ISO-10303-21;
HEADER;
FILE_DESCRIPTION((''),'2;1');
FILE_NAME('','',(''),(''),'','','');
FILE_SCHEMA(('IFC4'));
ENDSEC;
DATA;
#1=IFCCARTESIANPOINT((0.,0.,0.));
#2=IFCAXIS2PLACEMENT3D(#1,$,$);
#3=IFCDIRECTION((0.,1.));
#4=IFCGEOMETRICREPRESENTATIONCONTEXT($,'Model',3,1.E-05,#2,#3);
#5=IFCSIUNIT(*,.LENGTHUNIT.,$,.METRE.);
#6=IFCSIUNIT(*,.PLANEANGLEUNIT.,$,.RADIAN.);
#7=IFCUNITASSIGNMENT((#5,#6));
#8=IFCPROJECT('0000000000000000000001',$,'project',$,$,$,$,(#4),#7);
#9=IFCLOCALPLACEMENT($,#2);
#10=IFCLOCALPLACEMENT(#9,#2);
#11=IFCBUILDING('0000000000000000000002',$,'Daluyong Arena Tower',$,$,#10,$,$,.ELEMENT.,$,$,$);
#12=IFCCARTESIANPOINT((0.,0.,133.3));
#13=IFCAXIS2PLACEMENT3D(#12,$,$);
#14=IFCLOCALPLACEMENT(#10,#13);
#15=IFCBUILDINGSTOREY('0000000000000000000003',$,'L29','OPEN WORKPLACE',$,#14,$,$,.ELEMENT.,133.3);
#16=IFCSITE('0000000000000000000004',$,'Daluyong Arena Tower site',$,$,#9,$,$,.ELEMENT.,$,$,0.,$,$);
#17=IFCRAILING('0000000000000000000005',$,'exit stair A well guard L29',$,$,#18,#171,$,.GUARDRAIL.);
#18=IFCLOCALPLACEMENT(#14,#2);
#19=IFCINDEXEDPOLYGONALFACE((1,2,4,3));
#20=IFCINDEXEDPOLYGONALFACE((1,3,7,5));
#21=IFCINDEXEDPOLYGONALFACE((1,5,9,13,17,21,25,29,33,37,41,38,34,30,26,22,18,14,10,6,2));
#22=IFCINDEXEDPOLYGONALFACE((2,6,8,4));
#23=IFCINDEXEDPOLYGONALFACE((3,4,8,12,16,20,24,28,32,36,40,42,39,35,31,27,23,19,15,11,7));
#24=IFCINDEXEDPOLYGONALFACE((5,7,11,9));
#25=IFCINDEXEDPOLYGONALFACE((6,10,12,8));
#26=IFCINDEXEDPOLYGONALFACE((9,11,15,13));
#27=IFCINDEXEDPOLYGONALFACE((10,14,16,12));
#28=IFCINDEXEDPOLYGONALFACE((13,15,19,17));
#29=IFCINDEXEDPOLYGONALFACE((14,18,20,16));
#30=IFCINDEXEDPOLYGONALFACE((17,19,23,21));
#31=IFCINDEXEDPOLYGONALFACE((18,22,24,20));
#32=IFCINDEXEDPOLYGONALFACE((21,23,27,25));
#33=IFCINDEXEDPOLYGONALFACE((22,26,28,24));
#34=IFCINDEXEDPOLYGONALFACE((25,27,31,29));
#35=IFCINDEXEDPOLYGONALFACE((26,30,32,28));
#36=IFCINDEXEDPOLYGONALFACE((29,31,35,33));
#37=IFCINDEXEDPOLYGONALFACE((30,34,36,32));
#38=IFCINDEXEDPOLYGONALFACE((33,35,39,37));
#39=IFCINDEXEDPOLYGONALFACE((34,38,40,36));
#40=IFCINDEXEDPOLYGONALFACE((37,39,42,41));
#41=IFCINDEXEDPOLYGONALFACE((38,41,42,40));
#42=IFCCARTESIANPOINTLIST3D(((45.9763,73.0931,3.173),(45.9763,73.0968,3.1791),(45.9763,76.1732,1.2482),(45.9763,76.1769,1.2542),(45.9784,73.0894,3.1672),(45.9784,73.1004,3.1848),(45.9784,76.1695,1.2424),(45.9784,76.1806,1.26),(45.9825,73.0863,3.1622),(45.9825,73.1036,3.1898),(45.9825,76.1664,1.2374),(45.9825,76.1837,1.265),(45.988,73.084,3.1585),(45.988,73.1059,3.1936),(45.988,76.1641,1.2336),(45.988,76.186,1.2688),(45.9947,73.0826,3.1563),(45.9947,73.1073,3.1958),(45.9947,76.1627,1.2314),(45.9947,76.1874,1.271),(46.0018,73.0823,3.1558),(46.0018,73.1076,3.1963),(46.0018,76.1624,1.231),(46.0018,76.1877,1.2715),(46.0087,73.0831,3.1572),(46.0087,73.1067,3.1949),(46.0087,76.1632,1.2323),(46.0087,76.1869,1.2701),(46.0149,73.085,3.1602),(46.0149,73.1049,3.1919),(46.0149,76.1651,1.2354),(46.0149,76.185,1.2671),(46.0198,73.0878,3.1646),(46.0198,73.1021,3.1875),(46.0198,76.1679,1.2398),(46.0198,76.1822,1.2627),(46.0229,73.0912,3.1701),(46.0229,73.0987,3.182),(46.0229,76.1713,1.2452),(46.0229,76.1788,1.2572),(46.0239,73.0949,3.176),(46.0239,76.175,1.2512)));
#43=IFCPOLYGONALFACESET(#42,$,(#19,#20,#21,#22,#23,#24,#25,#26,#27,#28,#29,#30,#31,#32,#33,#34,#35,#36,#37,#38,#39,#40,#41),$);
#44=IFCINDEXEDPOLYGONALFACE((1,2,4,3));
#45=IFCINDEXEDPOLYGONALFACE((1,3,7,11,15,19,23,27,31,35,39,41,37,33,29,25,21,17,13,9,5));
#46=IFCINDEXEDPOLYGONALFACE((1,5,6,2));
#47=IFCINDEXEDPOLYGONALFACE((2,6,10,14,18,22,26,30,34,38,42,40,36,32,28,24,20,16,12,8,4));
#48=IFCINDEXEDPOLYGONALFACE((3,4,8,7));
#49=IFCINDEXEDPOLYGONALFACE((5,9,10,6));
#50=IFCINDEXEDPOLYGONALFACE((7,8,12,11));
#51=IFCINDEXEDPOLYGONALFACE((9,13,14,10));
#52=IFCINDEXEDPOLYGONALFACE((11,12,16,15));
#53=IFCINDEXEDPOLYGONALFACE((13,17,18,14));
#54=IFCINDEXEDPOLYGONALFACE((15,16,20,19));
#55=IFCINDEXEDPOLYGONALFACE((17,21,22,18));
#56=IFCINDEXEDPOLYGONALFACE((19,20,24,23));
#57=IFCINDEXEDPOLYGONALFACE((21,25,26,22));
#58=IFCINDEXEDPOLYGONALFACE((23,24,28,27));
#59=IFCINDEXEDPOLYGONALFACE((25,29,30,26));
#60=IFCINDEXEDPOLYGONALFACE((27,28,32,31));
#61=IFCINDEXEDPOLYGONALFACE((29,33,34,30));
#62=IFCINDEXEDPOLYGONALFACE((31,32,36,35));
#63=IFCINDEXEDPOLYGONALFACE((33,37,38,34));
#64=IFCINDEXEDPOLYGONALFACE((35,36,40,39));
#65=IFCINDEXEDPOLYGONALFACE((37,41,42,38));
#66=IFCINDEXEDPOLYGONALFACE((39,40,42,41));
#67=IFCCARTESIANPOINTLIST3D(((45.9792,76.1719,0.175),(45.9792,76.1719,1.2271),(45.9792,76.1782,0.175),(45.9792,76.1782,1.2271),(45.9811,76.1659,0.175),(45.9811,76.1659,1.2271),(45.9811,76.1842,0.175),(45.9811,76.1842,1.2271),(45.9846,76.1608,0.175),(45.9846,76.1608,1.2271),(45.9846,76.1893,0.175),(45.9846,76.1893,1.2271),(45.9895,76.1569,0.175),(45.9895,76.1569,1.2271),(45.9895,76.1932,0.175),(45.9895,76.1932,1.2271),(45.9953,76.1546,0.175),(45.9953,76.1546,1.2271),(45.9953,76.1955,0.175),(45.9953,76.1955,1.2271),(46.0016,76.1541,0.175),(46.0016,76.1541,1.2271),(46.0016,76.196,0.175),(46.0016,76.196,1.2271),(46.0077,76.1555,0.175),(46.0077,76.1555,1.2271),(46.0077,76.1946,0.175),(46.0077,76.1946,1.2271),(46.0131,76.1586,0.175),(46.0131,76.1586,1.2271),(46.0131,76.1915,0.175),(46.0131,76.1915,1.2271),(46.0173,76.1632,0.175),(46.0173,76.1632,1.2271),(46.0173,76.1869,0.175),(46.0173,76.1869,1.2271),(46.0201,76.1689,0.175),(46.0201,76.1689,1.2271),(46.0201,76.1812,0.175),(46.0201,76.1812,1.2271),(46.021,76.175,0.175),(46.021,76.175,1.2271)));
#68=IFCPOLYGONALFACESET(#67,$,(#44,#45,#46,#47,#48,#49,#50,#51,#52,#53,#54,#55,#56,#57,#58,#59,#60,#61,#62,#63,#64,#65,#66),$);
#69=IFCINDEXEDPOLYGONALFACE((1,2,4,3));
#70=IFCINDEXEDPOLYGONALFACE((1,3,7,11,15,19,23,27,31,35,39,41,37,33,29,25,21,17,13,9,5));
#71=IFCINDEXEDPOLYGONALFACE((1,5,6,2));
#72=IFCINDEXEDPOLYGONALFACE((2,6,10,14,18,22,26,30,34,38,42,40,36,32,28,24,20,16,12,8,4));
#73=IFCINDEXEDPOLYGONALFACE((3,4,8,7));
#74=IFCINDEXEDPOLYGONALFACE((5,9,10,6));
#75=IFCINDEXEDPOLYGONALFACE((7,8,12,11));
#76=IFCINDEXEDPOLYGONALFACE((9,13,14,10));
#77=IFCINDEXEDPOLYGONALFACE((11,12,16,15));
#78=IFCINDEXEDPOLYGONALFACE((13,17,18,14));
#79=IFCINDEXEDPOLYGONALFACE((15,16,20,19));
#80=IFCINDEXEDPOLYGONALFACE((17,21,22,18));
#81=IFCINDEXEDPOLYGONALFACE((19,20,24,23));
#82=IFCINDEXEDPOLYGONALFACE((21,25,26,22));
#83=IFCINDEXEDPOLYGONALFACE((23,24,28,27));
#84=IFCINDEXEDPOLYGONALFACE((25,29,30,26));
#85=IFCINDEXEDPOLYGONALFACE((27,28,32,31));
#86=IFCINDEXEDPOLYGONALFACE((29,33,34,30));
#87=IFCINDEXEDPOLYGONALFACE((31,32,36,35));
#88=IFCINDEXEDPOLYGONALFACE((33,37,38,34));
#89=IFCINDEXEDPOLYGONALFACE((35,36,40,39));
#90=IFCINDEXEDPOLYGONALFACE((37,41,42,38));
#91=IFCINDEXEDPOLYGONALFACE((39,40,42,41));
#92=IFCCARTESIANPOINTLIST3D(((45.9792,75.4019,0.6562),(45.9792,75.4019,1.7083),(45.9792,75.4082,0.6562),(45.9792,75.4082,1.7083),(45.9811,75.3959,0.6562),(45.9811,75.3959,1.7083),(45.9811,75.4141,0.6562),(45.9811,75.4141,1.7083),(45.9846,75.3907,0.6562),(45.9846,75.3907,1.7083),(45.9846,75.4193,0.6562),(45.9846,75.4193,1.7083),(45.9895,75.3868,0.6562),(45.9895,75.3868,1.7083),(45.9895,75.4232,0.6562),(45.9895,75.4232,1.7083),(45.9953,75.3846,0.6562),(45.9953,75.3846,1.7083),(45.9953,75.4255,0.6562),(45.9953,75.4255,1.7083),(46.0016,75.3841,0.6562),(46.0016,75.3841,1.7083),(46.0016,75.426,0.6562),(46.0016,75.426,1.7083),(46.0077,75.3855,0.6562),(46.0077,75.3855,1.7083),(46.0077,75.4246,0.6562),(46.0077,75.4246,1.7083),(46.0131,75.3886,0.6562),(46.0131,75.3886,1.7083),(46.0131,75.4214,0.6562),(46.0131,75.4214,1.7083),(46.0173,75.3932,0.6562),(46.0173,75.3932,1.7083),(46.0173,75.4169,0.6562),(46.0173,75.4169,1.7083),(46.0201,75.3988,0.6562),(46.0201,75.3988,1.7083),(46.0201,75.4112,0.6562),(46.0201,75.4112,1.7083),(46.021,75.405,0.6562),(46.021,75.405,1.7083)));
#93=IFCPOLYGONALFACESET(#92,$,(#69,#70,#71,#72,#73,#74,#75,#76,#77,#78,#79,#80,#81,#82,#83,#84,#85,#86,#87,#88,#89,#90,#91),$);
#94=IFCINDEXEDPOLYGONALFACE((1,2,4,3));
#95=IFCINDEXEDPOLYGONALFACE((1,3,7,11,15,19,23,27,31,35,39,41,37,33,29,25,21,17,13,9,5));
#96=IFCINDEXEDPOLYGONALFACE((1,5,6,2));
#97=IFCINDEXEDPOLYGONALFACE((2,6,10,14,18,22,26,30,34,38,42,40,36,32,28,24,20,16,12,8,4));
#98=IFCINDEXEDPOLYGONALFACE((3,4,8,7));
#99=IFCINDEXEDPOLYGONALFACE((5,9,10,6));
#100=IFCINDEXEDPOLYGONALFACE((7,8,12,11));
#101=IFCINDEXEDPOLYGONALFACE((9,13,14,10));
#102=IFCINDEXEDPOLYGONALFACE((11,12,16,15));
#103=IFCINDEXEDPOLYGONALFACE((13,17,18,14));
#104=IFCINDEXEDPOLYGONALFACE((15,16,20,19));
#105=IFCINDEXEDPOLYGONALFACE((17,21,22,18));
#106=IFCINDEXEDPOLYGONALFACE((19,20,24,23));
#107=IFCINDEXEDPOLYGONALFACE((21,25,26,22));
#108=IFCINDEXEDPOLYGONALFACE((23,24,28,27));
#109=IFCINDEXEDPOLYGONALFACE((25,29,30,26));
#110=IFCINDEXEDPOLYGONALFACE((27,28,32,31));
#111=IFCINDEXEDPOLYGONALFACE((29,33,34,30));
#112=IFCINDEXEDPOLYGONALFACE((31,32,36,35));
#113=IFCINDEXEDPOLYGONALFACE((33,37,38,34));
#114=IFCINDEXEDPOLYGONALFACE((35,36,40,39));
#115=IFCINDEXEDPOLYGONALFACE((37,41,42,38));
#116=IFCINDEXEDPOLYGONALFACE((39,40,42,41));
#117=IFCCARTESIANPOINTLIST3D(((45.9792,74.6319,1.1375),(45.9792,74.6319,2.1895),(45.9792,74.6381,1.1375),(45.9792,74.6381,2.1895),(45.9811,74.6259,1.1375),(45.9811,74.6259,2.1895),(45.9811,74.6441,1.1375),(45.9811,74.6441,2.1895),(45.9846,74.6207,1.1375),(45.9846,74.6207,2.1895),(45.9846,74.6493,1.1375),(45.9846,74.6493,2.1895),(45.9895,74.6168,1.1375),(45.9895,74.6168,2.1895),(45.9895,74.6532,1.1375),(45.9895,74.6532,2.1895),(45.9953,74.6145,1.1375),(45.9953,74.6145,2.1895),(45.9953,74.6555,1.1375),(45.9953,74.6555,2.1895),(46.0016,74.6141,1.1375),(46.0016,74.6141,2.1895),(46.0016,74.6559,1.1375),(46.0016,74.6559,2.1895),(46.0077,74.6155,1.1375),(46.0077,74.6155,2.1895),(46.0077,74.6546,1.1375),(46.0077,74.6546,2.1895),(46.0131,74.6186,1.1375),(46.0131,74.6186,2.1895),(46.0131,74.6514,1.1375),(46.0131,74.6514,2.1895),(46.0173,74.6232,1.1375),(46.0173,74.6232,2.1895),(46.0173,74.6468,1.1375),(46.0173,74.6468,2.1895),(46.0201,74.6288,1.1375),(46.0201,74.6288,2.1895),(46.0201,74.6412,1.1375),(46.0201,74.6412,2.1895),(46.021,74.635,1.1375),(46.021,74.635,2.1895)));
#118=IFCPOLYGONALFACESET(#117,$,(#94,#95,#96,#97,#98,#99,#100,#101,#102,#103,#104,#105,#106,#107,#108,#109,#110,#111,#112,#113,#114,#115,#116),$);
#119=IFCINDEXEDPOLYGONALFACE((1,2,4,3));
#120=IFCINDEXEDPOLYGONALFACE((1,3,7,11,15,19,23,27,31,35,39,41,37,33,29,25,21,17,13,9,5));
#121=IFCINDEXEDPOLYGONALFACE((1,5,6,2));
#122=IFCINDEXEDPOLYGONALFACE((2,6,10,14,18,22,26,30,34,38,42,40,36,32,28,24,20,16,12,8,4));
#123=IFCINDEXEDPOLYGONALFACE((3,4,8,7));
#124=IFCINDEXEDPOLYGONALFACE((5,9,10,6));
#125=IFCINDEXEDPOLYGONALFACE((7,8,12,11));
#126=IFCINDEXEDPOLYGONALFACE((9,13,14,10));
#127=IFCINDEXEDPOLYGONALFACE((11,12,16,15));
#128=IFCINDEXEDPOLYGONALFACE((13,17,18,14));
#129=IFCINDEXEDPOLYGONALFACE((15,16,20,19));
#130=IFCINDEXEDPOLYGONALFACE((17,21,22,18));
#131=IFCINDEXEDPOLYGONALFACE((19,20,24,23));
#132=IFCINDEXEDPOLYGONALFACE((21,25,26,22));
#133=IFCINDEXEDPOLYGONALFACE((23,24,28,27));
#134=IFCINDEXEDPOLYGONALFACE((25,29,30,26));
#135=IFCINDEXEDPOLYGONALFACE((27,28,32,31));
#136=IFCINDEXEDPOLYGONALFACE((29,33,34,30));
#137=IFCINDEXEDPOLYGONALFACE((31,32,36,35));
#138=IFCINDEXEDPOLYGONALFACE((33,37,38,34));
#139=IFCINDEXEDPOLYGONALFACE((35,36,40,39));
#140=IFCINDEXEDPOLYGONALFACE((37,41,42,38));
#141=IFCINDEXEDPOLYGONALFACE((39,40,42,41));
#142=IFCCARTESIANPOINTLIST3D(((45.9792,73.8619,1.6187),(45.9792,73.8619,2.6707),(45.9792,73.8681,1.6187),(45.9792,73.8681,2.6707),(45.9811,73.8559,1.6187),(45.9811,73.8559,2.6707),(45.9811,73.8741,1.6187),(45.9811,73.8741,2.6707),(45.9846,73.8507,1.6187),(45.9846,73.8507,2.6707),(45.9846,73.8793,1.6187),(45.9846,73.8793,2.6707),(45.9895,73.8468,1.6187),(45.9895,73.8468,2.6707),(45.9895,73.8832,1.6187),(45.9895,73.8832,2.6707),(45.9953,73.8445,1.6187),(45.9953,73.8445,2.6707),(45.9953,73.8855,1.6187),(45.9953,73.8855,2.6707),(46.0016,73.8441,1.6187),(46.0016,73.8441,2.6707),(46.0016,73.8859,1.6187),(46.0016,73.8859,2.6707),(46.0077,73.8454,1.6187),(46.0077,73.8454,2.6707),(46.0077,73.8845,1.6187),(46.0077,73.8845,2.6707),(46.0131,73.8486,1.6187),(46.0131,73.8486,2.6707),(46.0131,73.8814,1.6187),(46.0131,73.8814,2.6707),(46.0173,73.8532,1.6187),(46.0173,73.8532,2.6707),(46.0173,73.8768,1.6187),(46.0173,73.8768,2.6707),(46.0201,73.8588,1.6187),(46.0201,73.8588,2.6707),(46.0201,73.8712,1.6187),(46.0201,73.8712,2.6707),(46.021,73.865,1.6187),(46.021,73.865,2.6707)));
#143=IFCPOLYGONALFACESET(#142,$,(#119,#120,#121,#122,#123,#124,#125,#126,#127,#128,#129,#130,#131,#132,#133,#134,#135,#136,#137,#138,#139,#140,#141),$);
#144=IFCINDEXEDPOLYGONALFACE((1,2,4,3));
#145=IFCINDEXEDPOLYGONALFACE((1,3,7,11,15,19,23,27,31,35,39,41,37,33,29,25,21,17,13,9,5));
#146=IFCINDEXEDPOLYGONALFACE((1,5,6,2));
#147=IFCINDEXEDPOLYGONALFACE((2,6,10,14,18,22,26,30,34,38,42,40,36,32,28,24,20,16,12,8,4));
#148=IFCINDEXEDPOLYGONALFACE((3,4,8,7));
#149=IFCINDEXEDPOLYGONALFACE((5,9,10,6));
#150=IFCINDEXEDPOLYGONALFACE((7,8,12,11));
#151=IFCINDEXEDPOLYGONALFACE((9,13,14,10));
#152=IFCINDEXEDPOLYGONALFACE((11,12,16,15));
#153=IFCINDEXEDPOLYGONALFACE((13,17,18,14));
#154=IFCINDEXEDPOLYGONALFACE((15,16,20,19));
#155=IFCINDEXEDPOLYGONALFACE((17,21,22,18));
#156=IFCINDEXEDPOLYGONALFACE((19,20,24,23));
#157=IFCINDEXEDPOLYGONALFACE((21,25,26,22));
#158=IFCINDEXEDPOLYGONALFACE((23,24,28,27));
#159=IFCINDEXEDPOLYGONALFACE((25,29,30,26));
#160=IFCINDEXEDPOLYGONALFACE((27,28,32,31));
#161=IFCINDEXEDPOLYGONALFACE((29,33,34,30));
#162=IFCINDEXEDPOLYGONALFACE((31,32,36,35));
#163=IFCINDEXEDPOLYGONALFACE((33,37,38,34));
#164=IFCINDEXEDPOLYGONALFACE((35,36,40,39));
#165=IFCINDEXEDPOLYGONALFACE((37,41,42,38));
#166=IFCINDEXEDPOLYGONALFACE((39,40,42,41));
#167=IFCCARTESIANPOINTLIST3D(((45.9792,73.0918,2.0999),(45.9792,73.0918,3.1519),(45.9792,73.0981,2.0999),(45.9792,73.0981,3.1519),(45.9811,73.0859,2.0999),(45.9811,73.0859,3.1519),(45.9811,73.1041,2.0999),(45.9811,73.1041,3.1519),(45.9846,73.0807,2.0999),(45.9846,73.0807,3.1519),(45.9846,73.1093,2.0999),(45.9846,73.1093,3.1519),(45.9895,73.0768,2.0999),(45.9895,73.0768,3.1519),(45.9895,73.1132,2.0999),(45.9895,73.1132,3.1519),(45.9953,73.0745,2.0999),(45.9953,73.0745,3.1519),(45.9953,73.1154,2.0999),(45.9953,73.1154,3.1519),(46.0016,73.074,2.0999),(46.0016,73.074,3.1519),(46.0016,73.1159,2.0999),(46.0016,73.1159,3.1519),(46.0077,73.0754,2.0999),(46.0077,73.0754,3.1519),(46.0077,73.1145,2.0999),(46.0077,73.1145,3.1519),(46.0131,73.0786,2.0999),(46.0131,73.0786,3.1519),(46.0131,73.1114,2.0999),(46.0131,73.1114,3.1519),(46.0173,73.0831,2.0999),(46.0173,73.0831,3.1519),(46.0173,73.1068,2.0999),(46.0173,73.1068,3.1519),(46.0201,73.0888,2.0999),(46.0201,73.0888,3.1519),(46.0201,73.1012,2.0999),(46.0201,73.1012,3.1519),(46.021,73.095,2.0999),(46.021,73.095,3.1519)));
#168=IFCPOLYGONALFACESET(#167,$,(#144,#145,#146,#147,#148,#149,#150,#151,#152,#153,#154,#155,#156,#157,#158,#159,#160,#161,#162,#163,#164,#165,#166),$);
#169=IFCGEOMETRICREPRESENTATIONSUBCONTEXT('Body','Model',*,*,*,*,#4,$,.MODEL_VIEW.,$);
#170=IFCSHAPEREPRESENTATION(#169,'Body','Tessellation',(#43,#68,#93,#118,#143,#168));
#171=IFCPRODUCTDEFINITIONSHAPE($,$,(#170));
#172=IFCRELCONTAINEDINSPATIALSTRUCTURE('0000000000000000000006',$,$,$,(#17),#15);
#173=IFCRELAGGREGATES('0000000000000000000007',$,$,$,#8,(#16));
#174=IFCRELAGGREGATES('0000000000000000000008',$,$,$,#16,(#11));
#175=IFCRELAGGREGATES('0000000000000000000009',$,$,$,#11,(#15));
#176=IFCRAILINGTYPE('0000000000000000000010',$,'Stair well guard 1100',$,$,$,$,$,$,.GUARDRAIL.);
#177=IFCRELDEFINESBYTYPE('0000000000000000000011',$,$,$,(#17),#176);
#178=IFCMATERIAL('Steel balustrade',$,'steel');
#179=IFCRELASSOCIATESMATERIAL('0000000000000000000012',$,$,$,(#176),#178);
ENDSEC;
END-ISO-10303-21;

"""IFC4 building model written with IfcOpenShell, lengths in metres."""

from ifc_helpers import new_model, si_unit, direction, frame, origin, origin_2d, place, context, subcontext, project, spatial, circle, extrude, material, type_object, element, save


model = new_model("IFC4")

# Units and contexts
model_context = context("Model", 3, precision=1e-05, world=origin(), true_north=direction((0.0, 1.0)))
body_context = subcontext(model_context, "Body", "Model", "MODEL_VIEW")
ifc_project = project(units=[si_unit("LENGTHUNIT", "METRE"), si_unit("PLANEANGLEUNIT", "RADIAN")], contexts=[model_context])

# Site, building, storey
site_placement = place(None, origin())
site = spatial("IfcSite", under=ifc_project, at=site_placement, Name="Daluyong Arena Tower site", CompositionType="ELEMENT", RefElevation=0.0)
building_placement = place(site_placement, origin())
building = spatial("IfcBuilding", under=site, at=building_placement, Name="Daluyong Arena Tower", CompositionType="ELEMENT")
storey_placement = place(building_placement, frame((0.0, 0.0, 133.3)))
storey = spatial("IfcBuildingStorey", under=building, at=storey_placement, Name="L29", Description="OPEN WORKPLACE", CompositionType="ELEMENT", Elevation=133.3)

# Railing
ifc_material_1 = material(Name="Steel balustrade", Category="steel")
railing_type_1 = type_object("IfcRailingType", Name="Stair well guard 1100", PredefinedType="GUARDRAIL", material=ifc_material_1)
railing_1_placement = place(storey_placement, frame((46.0, 76.175, 0.175)))
element("IfcRailing", 1, at=railing_1_placement, inside=storey, type_object=railing_type_1, Name="exit stair A well guard L29", PredefinedType="GUARDRAIL", context=body_context, shape_type="SweptSolid", body=[
    extrude(circle(Radius=0.0239, at=origin_2d()), frame((0.0, 0.0, 1.0762), z_axis=(0.0, -0.848029, 0.529951), x_axis=(1.0, 0.0, 0.0)), (0.0, 0.0, 1.0), 3.6321),
    extrude(circle(Radius=0.021, at=origin_2d()), origin(), (0.0, 0.0, 1.0), 1.052),
    extrude(circle(Radius=0.021, at=origin_2d()), frame((0.0, -0.77, 0.4812)), (0.0, 0.0, 1.0), 1.052),
    extrude(circle(Radius=0.021, at=origin_2d()), frame((0.0, -1.54, 0.9624)), (0.0, 0.0, 1.0), 1.052),
    extrude(circle(Radius=0.021, at=origin_2d()), frame((0.0, -2.3101, 1.4436)), (0.0, 0.0, 1.0), 1.052),
    extrude(circle(Radius=0.021, at=origin_2d()), frame((0.0, -3.0801, 1.9248)), (0.0, 0.0, 1.0), 1.052),
])

save(model, "model.ifc")
